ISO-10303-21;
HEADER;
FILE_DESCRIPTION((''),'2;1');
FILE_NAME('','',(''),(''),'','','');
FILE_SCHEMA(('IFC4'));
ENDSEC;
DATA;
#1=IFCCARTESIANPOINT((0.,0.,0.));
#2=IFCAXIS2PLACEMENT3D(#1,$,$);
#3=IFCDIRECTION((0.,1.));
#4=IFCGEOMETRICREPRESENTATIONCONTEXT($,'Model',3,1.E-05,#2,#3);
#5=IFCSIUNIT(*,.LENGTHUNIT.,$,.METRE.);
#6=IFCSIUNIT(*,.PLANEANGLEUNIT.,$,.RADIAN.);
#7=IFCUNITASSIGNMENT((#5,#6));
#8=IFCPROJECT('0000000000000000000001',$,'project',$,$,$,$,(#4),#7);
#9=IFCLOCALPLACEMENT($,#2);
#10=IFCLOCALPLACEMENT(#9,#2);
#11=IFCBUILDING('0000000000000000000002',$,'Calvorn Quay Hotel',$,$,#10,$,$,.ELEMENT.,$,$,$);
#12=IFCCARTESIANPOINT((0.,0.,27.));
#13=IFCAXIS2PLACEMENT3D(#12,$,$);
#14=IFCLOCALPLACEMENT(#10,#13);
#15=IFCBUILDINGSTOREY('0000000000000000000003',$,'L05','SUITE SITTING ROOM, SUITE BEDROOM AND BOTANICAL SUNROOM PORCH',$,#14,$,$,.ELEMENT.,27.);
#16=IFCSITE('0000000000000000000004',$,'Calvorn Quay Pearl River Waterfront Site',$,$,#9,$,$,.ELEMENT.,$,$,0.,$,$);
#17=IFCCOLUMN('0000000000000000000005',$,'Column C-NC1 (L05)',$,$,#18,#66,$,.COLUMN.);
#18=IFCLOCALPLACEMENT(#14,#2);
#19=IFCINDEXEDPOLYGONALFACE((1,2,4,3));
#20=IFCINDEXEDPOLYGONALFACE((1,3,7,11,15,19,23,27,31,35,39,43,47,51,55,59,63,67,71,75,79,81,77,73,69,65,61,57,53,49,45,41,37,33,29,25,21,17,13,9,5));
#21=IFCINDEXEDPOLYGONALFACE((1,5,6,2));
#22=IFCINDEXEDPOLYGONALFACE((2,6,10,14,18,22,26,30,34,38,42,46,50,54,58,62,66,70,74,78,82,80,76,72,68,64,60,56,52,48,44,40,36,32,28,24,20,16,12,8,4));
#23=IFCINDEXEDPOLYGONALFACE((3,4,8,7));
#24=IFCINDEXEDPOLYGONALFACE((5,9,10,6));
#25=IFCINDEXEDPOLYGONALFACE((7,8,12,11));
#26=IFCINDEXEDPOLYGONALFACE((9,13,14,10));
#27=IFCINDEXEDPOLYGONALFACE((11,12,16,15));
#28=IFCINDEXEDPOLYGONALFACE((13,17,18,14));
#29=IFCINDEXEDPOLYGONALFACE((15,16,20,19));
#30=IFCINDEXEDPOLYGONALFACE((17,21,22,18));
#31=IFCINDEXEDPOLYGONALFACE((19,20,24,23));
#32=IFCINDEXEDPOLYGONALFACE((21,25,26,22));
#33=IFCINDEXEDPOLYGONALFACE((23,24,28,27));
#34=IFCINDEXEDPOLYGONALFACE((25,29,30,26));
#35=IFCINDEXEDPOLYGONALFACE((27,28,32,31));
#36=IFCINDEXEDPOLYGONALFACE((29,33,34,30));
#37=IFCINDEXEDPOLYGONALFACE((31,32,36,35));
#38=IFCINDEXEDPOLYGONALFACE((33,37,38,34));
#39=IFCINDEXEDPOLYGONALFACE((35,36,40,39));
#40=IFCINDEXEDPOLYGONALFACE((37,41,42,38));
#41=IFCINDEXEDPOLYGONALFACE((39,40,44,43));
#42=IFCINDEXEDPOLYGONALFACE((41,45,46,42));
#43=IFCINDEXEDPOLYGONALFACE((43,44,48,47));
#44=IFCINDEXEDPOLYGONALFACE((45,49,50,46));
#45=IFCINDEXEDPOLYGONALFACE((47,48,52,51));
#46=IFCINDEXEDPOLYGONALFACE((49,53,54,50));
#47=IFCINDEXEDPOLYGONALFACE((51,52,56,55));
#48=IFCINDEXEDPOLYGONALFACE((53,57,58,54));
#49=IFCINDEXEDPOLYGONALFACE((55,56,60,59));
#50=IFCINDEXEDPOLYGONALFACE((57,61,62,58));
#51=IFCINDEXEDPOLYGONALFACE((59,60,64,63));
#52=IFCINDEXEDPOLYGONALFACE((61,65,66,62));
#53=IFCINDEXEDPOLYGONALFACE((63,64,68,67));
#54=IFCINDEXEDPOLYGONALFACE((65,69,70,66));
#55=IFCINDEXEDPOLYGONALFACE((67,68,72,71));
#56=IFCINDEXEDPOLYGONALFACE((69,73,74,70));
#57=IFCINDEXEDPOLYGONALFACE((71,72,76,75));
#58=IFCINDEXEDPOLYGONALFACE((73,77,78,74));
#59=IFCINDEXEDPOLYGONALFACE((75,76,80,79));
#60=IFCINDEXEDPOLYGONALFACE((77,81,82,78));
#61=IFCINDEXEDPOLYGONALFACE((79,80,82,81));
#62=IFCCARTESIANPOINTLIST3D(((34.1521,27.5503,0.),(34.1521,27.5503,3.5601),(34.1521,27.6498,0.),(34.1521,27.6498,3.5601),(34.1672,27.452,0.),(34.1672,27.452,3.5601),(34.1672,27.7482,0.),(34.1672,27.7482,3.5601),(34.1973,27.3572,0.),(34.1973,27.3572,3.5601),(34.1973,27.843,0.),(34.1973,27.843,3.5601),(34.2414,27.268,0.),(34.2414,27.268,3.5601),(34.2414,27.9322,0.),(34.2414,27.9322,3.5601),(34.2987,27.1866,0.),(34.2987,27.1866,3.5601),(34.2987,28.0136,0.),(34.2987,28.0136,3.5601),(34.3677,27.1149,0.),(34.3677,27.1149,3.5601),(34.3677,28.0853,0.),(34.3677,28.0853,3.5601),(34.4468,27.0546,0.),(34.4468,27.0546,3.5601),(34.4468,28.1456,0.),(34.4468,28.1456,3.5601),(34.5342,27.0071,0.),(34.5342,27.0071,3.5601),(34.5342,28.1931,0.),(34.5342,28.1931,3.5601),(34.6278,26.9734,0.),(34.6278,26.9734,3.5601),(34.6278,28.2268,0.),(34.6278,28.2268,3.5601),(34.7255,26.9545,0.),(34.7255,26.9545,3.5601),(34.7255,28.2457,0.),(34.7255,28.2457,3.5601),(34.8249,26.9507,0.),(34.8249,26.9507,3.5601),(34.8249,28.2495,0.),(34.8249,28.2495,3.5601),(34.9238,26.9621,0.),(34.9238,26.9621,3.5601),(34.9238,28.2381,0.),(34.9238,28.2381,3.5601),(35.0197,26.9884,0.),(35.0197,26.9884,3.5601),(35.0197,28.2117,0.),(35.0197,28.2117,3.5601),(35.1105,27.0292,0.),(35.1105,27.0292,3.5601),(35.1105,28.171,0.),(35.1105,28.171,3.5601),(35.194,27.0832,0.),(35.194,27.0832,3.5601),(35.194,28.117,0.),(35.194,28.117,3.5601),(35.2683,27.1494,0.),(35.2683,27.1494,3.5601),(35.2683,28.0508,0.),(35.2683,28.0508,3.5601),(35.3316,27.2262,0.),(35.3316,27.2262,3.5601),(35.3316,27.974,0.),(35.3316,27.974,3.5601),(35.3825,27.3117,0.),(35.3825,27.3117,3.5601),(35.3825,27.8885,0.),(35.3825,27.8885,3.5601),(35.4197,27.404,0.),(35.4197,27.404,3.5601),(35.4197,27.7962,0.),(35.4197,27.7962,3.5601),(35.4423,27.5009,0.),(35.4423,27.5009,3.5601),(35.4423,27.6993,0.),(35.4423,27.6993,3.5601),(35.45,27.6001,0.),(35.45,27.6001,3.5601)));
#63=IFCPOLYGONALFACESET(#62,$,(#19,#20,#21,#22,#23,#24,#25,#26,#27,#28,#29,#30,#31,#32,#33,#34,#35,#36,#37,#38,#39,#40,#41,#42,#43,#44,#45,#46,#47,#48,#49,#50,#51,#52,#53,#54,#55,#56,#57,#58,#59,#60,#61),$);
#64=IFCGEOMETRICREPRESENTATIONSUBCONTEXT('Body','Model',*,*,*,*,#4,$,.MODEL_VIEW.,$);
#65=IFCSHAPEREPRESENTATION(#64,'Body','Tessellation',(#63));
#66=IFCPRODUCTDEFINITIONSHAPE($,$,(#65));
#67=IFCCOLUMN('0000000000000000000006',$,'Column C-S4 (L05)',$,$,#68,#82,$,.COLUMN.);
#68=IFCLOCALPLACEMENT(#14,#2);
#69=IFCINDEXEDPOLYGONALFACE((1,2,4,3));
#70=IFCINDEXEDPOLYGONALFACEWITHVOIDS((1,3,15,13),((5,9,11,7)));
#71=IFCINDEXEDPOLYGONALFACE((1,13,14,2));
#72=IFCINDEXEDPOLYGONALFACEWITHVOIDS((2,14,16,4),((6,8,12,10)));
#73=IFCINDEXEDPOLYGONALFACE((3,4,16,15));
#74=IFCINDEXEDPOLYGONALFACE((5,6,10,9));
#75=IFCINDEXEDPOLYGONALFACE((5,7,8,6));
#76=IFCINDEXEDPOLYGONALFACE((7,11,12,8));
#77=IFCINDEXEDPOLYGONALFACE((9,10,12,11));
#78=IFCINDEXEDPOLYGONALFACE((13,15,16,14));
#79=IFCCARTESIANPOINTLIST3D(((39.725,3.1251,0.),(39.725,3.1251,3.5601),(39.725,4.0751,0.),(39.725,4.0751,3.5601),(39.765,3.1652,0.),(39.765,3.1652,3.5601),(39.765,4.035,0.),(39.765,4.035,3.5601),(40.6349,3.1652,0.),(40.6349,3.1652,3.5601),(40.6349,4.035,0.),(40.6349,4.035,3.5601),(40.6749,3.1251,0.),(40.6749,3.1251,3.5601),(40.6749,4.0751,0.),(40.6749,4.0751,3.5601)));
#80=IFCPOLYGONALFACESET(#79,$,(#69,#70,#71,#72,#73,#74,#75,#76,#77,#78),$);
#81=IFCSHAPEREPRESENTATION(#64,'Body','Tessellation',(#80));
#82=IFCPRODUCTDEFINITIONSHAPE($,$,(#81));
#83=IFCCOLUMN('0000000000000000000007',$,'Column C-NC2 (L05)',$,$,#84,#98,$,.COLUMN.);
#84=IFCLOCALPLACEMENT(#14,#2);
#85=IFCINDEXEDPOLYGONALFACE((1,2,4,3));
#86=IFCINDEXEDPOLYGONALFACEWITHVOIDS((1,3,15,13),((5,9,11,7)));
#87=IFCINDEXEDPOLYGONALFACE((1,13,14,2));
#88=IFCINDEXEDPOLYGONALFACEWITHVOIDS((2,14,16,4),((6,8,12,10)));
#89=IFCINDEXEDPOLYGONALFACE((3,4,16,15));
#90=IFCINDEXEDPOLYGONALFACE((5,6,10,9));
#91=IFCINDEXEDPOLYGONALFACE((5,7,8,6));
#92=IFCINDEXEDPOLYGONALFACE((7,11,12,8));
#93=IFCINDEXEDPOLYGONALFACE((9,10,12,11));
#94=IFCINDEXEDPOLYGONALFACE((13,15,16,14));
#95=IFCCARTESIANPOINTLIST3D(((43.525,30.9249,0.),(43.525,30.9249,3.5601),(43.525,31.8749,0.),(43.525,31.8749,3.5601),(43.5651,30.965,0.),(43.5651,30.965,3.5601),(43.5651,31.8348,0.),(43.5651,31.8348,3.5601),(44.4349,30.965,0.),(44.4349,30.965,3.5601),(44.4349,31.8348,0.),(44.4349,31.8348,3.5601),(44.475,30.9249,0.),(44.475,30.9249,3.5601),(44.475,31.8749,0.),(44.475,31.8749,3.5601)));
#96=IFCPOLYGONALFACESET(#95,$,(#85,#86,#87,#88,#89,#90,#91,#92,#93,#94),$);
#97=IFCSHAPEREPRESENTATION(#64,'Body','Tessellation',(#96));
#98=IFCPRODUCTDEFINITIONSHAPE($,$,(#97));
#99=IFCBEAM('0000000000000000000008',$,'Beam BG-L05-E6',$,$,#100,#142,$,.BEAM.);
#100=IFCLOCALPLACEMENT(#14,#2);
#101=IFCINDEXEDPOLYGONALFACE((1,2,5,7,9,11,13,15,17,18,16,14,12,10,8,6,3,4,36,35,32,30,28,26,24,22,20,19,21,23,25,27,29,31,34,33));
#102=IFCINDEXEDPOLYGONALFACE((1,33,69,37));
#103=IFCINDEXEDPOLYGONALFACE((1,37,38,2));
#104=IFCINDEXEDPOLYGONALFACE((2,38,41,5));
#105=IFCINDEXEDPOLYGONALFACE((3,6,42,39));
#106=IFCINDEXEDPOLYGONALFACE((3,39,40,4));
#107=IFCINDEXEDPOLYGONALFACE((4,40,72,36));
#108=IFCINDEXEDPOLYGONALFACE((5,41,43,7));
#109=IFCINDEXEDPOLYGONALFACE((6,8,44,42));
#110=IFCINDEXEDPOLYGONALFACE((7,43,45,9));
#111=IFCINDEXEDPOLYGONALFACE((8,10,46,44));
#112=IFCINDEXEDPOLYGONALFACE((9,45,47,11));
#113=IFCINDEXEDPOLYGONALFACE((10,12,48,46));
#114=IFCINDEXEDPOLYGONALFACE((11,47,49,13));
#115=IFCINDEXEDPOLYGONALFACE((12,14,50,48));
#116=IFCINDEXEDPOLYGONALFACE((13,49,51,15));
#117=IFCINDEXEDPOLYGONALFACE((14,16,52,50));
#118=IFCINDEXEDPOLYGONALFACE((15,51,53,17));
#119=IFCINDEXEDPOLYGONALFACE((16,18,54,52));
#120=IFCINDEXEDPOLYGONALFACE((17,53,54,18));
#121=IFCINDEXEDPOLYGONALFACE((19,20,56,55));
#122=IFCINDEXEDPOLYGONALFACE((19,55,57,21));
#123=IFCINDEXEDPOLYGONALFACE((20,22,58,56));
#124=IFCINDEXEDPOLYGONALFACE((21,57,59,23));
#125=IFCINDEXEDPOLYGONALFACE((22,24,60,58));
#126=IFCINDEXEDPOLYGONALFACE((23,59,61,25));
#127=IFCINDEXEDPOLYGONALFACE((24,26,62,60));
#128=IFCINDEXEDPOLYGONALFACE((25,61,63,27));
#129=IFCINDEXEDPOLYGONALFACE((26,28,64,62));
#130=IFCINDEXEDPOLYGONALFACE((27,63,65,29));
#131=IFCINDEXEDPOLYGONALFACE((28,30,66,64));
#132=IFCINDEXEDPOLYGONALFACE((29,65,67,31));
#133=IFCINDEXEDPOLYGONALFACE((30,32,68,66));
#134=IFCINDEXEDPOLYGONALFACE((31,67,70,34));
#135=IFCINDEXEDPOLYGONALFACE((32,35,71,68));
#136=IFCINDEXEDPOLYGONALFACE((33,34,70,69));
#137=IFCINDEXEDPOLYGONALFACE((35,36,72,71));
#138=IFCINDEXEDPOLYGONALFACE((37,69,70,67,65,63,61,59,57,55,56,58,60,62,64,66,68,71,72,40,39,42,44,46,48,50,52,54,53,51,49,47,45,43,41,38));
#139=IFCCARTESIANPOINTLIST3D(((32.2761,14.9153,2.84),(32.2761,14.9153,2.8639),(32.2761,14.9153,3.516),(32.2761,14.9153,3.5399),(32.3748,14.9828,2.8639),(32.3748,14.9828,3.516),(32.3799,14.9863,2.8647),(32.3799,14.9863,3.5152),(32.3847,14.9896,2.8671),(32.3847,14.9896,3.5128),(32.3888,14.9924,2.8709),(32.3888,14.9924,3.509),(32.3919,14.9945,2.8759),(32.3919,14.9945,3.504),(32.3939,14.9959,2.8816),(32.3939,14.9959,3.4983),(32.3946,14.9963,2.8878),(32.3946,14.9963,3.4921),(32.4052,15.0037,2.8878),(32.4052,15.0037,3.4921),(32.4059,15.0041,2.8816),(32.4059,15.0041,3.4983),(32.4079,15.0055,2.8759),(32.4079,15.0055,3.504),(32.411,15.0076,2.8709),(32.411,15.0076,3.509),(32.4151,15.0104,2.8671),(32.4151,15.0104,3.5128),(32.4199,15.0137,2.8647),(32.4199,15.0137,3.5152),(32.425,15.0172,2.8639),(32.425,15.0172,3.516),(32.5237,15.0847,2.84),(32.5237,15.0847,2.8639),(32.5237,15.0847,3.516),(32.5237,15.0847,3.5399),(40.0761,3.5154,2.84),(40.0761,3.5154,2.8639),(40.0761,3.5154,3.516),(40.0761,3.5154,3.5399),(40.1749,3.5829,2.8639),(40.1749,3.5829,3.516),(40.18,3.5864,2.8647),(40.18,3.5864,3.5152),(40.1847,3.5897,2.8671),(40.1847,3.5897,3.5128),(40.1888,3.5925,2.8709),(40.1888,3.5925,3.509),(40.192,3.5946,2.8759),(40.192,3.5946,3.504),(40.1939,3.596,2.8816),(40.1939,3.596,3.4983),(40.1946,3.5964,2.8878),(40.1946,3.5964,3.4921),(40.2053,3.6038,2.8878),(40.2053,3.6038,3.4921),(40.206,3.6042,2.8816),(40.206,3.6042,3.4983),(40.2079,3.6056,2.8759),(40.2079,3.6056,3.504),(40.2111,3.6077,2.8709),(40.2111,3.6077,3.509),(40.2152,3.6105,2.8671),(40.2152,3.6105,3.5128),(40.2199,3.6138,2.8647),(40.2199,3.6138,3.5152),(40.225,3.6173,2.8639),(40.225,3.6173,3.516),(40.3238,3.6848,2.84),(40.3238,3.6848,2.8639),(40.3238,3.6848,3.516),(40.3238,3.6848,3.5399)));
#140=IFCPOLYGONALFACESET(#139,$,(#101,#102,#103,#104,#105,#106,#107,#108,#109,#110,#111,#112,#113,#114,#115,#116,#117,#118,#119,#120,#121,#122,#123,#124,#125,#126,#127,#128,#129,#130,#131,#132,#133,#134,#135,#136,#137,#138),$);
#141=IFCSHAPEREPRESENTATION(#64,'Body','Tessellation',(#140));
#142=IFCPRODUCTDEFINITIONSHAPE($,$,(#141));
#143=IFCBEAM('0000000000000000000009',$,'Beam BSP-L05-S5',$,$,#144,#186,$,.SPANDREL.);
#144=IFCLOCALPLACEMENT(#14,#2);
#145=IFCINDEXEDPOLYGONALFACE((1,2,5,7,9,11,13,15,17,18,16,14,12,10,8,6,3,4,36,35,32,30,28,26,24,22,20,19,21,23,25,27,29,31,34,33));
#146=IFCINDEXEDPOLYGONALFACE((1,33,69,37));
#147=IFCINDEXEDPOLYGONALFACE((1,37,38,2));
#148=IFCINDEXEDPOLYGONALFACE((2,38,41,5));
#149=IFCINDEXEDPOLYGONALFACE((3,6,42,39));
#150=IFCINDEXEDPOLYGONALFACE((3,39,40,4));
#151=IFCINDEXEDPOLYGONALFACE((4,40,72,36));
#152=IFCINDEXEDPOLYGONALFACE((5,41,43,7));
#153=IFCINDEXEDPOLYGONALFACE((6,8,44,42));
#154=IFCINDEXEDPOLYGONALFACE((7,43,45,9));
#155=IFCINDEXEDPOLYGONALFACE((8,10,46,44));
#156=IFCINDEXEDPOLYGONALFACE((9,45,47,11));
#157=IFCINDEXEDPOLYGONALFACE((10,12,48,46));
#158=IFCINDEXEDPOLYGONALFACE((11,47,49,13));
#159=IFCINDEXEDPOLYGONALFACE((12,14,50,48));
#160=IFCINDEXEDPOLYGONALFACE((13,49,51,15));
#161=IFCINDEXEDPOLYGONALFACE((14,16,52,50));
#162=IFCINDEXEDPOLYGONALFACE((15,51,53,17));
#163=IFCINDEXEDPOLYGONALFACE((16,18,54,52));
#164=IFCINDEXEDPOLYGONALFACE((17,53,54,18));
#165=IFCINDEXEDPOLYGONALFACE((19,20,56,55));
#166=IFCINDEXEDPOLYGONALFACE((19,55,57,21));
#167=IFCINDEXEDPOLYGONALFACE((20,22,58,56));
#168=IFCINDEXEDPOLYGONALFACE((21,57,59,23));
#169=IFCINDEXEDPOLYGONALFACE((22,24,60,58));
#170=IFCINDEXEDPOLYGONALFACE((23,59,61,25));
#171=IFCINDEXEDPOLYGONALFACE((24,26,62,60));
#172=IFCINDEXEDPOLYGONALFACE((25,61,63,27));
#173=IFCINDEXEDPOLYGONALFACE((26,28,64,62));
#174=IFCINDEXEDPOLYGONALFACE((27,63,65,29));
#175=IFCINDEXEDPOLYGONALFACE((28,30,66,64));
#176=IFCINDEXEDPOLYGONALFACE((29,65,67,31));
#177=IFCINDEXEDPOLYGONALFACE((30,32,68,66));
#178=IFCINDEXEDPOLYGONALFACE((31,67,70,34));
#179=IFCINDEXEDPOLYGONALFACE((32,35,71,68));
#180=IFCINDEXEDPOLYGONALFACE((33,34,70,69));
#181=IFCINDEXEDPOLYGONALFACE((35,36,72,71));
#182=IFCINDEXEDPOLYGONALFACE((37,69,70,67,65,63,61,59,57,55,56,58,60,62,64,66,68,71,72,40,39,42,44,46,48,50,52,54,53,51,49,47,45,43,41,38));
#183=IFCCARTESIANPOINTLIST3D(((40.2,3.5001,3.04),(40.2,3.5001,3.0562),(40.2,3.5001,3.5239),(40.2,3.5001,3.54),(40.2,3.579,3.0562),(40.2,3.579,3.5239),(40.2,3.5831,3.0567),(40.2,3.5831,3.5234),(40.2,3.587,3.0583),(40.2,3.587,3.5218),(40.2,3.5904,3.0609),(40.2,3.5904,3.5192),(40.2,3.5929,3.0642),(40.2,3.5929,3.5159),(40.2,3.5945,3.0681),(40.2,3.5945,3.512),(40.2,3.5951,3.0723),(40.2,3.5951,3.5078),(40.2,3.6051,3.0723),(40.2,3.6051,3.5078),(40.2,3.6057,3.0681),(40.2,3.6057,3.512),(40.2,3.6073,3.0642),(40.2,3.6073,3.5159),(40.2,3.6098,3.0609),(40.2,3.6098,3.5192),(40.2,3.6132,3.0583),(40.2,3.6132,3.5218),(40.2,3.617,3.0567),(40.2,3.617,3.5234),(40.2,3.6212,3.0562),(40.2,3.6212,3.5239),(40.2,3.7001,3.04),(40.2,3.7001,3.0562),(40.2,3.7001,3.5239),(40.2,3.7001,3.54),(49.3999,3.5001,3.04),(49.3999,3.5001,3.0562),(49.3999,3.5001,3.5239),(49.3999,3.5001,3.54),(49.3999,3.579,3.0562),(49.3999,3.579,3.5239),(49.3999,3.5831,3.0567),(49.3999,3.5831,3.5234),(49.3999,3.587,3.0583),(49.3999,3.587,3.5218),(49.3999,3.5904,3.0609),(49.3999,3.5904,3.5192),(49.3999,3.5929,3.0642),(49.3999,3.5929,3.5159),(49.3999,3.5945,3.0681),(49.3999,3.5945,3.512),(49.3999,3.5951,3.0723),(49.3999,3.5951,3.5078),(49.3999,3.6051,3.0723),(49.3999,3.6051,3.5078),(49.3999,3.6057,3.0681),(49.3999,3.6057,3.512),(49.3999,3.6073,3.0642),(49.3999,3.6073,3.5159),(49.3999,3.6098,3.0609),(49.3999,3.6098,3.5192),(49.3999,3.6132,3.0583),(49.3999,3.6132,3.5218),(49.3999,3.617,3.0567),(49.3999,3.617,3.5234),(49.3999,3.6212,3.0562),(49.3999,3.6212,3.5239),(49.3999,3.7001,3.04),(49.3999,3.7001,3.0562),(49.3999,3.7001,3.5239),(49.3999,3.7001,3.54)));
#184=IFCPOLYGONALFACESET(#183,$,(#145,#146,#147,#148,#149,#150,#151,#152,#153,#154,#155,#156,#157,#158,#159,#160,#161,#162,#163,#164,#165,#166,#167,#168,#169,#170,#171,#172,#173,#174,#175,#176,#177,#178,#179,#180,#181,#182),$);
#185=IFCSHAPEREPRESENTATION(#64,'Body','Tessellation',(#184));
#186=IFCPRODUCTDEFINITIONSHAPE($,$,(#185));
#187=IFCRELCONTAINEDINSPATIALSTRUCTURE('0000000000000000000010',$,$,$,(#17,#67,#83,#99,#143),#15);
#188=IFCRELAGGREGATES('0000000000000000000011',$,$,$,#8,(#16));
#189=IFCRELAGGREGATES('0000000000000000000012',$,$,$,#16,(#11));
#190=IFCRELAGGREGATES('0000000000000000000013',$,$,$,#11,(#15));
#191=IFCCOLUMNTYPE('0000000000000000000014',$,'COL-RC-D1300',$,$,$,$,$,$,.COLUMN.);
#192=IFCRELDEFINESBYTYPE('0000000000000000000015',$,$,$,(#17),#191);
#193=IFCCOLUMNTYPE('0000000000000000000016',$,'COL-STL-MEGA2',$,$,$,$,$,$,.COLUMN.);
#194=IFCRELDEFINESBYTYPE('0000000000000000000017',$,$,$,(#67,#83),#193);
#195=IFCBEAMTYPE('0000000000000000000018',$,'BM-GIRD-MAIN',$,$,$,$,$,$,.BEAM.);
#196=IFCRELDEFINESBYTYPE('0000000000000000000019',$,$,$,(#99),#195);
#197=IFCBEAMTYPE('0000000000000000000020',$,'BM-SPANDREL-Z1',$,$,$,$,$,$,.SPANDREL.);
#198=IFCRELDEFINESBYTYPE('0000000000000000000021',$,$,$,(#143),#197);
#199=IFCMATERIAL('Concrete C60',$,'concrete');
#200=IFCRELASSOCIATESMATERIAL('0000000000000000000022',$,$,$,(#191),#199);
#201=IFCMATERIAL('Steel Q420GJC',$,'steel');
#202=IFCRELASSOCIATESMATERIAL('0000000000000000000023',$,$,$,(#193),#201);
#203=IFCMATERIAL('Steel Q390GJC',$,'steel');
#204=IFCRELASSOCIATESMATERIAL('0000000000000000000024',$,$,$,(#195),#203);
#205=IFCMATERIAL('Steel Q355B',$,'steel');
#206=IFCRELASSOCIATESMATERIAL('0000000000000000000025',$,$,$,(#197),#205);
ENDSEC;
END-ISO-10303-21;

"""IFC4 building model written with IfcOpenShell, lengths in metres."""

from ifc_helpers import new_model, si_unit, direction, frame, origin, origin_2d, place, context, subcontext, project, spatial, hollow_rectangle, circle, i_section, extrude, material, material_profile, profile_set, type_object, element, save


model = new_model("IFC4")

# Units and contexts
model_context = context("Model", 3, precision=1e-05, world=origin(), true_north=direction((0.0, 1.0)))
body_context = subcontext(model_context, "Body", "Model", "MODEL_VIEW")
ifc_project = project(units=[si_unit("LENGTHUNIT", "METRE"), si_unit("PLANEANGLEUNIT", "RADIAN")], contexts=[model_context])

# Site, building, storey
site_placement = place(None, origin())
site = spatial("IfcSite", under=ifc_project, at=site_placement, Name="Calvorn Quay Pearl River Waterfront Site", CompositionType="ELEMENT", RefElevation=0.0)
building_placement = place(site_placement, origin())
building = spatial("IfcBuilding", under=site, at=building_placement, Name="Calvorn Quay Hotel", CompositionType="ELEMENT")
storey_placement = place(building_placement, frame((0.0, 0.0, 27.0)))
storey = spatial("IfcBuildingStorey", under=building, at=storey_placement, Name="L05", Description="SUITE SITTING ROOM, SUITE BEDROOM AND BOTANICAL SUNROOM PORCH", CompositionType="ELEMENT", Elevation=27.0)

# Columns
ifc_material_1 = material(Name="Concrete C60", Category="concrete")
ifc_material_profile_1 = material_profile(ifc_material_1, circle(Radius=0.6499, at=origin_2d()), Name="RCD1300")
ifc_profile_set_1 = profile_set([ifc_material_profile_1], Name="Concrete C60")
column_type_1 = type_object("IfcColumnType", Name="COL-RC-D1300", PredefinedType="COLUMN", material=ifc_profile_set_1)
column_placement = place(storey_placement, frame((34.8, 27.6001, 0.0), z_axis=(0.0, 0.0, 1.0), x_axis=(1.0, 0.0, 0.0)))
element("IfcColumn", 1, at=column_placement, inside=storey, type_object=column_type_1, Name="Column C-NC1 (L05)", PredefinedType="COLUMN", context=body_context, shape_type="SweptSolid", body=[
    extrude(circle(Radius=0.6499, at=origin_2d()), origin(), (0.0, 0.0, 1.0), 3.5601),
])
ifc_material_2 = material(Name="Steel Q420GJC", Category="steel")
ifc_material_profile_2 = material_profile(ifc_material_2, hollow_rectangle(XDim=0.95, YDim=0.95, WallThickness=0.04, at=origin_2d()), Name="BOX950x950x40")
ifc_profile_set_2 = profile_set([ifc_material_profile_2], Name="Steel Q420GJC")
column_type_2 = type_object("IfcColumnType", Name="COL-STL-MEGA2", PredefinedType="COLUMN", material=ifc_profile_set_2)
for number, where, z_axis, x_axis, name in (
    (2, (40.2, 3.6001, 0.0), (0.0, 0.0, 1.0), (1.0, 0.0, 0.0), "Column C-S4 (L05)"),
    (3, (44.0, 31.3999, 0.0), (0.0, 0.0, 1.0), (1.0, 0.0, 0.0), "Column C-NC2 (L05)"),
):
    element("IfcColumn", number, at=place(storey_placement, frame(where, z_axis=z_axis, x_axis=x_axis)), inside=storey, type_object=column_type_2, Name=name, PredefinedType="COLUMN", context=body_context, shape_type="SweptSolid", body=[
        extrude(hollow_rectangle(XDim=0.95, YDim=0.95, WallThickness=0.04, at=origin_2d()), origin(), (0.0, 0.0, 1.0), 3.5601),
    ])

# Beams
ifc_material_3 = material(Name="Steel Q390GJC", Category="steel")
ifc_material_profile_3 = material_profile(ifc_material_3, i_section(OverallWidth=0.3, OverallDepth=0.7, WebThickness=0.0129, FlangeThickness=0.0239, FilletRadius=0.0239, at=origin_2d()), Name="HN700x300x13x24")
ifc_profile_set_3 = profile_set([ifc_material_profile_3], Name="Steel Q390GJC")
beam_type_1 = type_object("IfcBeamType", Name="BM-GIRD-MAIN", PredefinedType="BEAM", material=ifc_profile_set_3)
beam_1_placement = place(storey_placement, frame((40.2, 3.6001, 3.1899), z_axis=(-0.56469, 0.825303, 0.0), x_axis=(-0.825303, -0.56469, 0.0)))
element("IfcBeam", 4, at=beam_1_placement, inside=storey, type_object=beam_type_1, Name="Beam BG-L05-E6", PredefinedType="BEAM", context=body_context, shape_type="SweptSolid", body=[
    extrude(i_section(OverallWidth=0.3, OverallDepth=0.7, WebThickness=0.0129, FlangeThickness=0.0239, FilletRadius=0.0239, at=origin_2d()), origin(), (0.0, 0.0, 1.0), 13.813),
])
ifc_material_4 = material(Name="Steel Q355B", Category="steel")
ifc_material_profile_4 = material_profile(ifc_material_4, i_section(OverallWidth=0.2, OverallDepth=0.5, WebThickness=0.01, FlangeThickness=0.0161, FilletRadius=0.0161, at=origin_2d()), Name="HN500x200x10x16")
ifc_profile_set_4 = profile_set([ifc_material_profile_4], Name="Steel Q355B")
beam_type_2 = type_object("IfcBeamType", Name="BM-SPANDREL-Z1", PredefinedType="SPANDREL", material=ifc_profile_set_4)
beam_2_placement = place(storey_placement, frame((40.2, 3.6001, 3.29), z_axis=(1.0, 0.0, 0.0), x_axis=(0.0, 1.0, 0.0)))
element("IfcBeam", 5, at=beam_2_placement, inside=storey, type_object=beam_type_2, Name="Beam BSP-L05-S5", PredefinedType="SPANDREL", context=body_context, shape_type="SweptSolid", body=[
    extrude(i_section(OverallWidth=0.2, OverallDepth=0.5, WebThickness=0.01, FlangeThickness=0.0161, FilletRadius=0.0161, at=origin_2d()), origin(), (0.0, 0.0, 1.0), 9.2),
])

save(model, "model.ifc")
